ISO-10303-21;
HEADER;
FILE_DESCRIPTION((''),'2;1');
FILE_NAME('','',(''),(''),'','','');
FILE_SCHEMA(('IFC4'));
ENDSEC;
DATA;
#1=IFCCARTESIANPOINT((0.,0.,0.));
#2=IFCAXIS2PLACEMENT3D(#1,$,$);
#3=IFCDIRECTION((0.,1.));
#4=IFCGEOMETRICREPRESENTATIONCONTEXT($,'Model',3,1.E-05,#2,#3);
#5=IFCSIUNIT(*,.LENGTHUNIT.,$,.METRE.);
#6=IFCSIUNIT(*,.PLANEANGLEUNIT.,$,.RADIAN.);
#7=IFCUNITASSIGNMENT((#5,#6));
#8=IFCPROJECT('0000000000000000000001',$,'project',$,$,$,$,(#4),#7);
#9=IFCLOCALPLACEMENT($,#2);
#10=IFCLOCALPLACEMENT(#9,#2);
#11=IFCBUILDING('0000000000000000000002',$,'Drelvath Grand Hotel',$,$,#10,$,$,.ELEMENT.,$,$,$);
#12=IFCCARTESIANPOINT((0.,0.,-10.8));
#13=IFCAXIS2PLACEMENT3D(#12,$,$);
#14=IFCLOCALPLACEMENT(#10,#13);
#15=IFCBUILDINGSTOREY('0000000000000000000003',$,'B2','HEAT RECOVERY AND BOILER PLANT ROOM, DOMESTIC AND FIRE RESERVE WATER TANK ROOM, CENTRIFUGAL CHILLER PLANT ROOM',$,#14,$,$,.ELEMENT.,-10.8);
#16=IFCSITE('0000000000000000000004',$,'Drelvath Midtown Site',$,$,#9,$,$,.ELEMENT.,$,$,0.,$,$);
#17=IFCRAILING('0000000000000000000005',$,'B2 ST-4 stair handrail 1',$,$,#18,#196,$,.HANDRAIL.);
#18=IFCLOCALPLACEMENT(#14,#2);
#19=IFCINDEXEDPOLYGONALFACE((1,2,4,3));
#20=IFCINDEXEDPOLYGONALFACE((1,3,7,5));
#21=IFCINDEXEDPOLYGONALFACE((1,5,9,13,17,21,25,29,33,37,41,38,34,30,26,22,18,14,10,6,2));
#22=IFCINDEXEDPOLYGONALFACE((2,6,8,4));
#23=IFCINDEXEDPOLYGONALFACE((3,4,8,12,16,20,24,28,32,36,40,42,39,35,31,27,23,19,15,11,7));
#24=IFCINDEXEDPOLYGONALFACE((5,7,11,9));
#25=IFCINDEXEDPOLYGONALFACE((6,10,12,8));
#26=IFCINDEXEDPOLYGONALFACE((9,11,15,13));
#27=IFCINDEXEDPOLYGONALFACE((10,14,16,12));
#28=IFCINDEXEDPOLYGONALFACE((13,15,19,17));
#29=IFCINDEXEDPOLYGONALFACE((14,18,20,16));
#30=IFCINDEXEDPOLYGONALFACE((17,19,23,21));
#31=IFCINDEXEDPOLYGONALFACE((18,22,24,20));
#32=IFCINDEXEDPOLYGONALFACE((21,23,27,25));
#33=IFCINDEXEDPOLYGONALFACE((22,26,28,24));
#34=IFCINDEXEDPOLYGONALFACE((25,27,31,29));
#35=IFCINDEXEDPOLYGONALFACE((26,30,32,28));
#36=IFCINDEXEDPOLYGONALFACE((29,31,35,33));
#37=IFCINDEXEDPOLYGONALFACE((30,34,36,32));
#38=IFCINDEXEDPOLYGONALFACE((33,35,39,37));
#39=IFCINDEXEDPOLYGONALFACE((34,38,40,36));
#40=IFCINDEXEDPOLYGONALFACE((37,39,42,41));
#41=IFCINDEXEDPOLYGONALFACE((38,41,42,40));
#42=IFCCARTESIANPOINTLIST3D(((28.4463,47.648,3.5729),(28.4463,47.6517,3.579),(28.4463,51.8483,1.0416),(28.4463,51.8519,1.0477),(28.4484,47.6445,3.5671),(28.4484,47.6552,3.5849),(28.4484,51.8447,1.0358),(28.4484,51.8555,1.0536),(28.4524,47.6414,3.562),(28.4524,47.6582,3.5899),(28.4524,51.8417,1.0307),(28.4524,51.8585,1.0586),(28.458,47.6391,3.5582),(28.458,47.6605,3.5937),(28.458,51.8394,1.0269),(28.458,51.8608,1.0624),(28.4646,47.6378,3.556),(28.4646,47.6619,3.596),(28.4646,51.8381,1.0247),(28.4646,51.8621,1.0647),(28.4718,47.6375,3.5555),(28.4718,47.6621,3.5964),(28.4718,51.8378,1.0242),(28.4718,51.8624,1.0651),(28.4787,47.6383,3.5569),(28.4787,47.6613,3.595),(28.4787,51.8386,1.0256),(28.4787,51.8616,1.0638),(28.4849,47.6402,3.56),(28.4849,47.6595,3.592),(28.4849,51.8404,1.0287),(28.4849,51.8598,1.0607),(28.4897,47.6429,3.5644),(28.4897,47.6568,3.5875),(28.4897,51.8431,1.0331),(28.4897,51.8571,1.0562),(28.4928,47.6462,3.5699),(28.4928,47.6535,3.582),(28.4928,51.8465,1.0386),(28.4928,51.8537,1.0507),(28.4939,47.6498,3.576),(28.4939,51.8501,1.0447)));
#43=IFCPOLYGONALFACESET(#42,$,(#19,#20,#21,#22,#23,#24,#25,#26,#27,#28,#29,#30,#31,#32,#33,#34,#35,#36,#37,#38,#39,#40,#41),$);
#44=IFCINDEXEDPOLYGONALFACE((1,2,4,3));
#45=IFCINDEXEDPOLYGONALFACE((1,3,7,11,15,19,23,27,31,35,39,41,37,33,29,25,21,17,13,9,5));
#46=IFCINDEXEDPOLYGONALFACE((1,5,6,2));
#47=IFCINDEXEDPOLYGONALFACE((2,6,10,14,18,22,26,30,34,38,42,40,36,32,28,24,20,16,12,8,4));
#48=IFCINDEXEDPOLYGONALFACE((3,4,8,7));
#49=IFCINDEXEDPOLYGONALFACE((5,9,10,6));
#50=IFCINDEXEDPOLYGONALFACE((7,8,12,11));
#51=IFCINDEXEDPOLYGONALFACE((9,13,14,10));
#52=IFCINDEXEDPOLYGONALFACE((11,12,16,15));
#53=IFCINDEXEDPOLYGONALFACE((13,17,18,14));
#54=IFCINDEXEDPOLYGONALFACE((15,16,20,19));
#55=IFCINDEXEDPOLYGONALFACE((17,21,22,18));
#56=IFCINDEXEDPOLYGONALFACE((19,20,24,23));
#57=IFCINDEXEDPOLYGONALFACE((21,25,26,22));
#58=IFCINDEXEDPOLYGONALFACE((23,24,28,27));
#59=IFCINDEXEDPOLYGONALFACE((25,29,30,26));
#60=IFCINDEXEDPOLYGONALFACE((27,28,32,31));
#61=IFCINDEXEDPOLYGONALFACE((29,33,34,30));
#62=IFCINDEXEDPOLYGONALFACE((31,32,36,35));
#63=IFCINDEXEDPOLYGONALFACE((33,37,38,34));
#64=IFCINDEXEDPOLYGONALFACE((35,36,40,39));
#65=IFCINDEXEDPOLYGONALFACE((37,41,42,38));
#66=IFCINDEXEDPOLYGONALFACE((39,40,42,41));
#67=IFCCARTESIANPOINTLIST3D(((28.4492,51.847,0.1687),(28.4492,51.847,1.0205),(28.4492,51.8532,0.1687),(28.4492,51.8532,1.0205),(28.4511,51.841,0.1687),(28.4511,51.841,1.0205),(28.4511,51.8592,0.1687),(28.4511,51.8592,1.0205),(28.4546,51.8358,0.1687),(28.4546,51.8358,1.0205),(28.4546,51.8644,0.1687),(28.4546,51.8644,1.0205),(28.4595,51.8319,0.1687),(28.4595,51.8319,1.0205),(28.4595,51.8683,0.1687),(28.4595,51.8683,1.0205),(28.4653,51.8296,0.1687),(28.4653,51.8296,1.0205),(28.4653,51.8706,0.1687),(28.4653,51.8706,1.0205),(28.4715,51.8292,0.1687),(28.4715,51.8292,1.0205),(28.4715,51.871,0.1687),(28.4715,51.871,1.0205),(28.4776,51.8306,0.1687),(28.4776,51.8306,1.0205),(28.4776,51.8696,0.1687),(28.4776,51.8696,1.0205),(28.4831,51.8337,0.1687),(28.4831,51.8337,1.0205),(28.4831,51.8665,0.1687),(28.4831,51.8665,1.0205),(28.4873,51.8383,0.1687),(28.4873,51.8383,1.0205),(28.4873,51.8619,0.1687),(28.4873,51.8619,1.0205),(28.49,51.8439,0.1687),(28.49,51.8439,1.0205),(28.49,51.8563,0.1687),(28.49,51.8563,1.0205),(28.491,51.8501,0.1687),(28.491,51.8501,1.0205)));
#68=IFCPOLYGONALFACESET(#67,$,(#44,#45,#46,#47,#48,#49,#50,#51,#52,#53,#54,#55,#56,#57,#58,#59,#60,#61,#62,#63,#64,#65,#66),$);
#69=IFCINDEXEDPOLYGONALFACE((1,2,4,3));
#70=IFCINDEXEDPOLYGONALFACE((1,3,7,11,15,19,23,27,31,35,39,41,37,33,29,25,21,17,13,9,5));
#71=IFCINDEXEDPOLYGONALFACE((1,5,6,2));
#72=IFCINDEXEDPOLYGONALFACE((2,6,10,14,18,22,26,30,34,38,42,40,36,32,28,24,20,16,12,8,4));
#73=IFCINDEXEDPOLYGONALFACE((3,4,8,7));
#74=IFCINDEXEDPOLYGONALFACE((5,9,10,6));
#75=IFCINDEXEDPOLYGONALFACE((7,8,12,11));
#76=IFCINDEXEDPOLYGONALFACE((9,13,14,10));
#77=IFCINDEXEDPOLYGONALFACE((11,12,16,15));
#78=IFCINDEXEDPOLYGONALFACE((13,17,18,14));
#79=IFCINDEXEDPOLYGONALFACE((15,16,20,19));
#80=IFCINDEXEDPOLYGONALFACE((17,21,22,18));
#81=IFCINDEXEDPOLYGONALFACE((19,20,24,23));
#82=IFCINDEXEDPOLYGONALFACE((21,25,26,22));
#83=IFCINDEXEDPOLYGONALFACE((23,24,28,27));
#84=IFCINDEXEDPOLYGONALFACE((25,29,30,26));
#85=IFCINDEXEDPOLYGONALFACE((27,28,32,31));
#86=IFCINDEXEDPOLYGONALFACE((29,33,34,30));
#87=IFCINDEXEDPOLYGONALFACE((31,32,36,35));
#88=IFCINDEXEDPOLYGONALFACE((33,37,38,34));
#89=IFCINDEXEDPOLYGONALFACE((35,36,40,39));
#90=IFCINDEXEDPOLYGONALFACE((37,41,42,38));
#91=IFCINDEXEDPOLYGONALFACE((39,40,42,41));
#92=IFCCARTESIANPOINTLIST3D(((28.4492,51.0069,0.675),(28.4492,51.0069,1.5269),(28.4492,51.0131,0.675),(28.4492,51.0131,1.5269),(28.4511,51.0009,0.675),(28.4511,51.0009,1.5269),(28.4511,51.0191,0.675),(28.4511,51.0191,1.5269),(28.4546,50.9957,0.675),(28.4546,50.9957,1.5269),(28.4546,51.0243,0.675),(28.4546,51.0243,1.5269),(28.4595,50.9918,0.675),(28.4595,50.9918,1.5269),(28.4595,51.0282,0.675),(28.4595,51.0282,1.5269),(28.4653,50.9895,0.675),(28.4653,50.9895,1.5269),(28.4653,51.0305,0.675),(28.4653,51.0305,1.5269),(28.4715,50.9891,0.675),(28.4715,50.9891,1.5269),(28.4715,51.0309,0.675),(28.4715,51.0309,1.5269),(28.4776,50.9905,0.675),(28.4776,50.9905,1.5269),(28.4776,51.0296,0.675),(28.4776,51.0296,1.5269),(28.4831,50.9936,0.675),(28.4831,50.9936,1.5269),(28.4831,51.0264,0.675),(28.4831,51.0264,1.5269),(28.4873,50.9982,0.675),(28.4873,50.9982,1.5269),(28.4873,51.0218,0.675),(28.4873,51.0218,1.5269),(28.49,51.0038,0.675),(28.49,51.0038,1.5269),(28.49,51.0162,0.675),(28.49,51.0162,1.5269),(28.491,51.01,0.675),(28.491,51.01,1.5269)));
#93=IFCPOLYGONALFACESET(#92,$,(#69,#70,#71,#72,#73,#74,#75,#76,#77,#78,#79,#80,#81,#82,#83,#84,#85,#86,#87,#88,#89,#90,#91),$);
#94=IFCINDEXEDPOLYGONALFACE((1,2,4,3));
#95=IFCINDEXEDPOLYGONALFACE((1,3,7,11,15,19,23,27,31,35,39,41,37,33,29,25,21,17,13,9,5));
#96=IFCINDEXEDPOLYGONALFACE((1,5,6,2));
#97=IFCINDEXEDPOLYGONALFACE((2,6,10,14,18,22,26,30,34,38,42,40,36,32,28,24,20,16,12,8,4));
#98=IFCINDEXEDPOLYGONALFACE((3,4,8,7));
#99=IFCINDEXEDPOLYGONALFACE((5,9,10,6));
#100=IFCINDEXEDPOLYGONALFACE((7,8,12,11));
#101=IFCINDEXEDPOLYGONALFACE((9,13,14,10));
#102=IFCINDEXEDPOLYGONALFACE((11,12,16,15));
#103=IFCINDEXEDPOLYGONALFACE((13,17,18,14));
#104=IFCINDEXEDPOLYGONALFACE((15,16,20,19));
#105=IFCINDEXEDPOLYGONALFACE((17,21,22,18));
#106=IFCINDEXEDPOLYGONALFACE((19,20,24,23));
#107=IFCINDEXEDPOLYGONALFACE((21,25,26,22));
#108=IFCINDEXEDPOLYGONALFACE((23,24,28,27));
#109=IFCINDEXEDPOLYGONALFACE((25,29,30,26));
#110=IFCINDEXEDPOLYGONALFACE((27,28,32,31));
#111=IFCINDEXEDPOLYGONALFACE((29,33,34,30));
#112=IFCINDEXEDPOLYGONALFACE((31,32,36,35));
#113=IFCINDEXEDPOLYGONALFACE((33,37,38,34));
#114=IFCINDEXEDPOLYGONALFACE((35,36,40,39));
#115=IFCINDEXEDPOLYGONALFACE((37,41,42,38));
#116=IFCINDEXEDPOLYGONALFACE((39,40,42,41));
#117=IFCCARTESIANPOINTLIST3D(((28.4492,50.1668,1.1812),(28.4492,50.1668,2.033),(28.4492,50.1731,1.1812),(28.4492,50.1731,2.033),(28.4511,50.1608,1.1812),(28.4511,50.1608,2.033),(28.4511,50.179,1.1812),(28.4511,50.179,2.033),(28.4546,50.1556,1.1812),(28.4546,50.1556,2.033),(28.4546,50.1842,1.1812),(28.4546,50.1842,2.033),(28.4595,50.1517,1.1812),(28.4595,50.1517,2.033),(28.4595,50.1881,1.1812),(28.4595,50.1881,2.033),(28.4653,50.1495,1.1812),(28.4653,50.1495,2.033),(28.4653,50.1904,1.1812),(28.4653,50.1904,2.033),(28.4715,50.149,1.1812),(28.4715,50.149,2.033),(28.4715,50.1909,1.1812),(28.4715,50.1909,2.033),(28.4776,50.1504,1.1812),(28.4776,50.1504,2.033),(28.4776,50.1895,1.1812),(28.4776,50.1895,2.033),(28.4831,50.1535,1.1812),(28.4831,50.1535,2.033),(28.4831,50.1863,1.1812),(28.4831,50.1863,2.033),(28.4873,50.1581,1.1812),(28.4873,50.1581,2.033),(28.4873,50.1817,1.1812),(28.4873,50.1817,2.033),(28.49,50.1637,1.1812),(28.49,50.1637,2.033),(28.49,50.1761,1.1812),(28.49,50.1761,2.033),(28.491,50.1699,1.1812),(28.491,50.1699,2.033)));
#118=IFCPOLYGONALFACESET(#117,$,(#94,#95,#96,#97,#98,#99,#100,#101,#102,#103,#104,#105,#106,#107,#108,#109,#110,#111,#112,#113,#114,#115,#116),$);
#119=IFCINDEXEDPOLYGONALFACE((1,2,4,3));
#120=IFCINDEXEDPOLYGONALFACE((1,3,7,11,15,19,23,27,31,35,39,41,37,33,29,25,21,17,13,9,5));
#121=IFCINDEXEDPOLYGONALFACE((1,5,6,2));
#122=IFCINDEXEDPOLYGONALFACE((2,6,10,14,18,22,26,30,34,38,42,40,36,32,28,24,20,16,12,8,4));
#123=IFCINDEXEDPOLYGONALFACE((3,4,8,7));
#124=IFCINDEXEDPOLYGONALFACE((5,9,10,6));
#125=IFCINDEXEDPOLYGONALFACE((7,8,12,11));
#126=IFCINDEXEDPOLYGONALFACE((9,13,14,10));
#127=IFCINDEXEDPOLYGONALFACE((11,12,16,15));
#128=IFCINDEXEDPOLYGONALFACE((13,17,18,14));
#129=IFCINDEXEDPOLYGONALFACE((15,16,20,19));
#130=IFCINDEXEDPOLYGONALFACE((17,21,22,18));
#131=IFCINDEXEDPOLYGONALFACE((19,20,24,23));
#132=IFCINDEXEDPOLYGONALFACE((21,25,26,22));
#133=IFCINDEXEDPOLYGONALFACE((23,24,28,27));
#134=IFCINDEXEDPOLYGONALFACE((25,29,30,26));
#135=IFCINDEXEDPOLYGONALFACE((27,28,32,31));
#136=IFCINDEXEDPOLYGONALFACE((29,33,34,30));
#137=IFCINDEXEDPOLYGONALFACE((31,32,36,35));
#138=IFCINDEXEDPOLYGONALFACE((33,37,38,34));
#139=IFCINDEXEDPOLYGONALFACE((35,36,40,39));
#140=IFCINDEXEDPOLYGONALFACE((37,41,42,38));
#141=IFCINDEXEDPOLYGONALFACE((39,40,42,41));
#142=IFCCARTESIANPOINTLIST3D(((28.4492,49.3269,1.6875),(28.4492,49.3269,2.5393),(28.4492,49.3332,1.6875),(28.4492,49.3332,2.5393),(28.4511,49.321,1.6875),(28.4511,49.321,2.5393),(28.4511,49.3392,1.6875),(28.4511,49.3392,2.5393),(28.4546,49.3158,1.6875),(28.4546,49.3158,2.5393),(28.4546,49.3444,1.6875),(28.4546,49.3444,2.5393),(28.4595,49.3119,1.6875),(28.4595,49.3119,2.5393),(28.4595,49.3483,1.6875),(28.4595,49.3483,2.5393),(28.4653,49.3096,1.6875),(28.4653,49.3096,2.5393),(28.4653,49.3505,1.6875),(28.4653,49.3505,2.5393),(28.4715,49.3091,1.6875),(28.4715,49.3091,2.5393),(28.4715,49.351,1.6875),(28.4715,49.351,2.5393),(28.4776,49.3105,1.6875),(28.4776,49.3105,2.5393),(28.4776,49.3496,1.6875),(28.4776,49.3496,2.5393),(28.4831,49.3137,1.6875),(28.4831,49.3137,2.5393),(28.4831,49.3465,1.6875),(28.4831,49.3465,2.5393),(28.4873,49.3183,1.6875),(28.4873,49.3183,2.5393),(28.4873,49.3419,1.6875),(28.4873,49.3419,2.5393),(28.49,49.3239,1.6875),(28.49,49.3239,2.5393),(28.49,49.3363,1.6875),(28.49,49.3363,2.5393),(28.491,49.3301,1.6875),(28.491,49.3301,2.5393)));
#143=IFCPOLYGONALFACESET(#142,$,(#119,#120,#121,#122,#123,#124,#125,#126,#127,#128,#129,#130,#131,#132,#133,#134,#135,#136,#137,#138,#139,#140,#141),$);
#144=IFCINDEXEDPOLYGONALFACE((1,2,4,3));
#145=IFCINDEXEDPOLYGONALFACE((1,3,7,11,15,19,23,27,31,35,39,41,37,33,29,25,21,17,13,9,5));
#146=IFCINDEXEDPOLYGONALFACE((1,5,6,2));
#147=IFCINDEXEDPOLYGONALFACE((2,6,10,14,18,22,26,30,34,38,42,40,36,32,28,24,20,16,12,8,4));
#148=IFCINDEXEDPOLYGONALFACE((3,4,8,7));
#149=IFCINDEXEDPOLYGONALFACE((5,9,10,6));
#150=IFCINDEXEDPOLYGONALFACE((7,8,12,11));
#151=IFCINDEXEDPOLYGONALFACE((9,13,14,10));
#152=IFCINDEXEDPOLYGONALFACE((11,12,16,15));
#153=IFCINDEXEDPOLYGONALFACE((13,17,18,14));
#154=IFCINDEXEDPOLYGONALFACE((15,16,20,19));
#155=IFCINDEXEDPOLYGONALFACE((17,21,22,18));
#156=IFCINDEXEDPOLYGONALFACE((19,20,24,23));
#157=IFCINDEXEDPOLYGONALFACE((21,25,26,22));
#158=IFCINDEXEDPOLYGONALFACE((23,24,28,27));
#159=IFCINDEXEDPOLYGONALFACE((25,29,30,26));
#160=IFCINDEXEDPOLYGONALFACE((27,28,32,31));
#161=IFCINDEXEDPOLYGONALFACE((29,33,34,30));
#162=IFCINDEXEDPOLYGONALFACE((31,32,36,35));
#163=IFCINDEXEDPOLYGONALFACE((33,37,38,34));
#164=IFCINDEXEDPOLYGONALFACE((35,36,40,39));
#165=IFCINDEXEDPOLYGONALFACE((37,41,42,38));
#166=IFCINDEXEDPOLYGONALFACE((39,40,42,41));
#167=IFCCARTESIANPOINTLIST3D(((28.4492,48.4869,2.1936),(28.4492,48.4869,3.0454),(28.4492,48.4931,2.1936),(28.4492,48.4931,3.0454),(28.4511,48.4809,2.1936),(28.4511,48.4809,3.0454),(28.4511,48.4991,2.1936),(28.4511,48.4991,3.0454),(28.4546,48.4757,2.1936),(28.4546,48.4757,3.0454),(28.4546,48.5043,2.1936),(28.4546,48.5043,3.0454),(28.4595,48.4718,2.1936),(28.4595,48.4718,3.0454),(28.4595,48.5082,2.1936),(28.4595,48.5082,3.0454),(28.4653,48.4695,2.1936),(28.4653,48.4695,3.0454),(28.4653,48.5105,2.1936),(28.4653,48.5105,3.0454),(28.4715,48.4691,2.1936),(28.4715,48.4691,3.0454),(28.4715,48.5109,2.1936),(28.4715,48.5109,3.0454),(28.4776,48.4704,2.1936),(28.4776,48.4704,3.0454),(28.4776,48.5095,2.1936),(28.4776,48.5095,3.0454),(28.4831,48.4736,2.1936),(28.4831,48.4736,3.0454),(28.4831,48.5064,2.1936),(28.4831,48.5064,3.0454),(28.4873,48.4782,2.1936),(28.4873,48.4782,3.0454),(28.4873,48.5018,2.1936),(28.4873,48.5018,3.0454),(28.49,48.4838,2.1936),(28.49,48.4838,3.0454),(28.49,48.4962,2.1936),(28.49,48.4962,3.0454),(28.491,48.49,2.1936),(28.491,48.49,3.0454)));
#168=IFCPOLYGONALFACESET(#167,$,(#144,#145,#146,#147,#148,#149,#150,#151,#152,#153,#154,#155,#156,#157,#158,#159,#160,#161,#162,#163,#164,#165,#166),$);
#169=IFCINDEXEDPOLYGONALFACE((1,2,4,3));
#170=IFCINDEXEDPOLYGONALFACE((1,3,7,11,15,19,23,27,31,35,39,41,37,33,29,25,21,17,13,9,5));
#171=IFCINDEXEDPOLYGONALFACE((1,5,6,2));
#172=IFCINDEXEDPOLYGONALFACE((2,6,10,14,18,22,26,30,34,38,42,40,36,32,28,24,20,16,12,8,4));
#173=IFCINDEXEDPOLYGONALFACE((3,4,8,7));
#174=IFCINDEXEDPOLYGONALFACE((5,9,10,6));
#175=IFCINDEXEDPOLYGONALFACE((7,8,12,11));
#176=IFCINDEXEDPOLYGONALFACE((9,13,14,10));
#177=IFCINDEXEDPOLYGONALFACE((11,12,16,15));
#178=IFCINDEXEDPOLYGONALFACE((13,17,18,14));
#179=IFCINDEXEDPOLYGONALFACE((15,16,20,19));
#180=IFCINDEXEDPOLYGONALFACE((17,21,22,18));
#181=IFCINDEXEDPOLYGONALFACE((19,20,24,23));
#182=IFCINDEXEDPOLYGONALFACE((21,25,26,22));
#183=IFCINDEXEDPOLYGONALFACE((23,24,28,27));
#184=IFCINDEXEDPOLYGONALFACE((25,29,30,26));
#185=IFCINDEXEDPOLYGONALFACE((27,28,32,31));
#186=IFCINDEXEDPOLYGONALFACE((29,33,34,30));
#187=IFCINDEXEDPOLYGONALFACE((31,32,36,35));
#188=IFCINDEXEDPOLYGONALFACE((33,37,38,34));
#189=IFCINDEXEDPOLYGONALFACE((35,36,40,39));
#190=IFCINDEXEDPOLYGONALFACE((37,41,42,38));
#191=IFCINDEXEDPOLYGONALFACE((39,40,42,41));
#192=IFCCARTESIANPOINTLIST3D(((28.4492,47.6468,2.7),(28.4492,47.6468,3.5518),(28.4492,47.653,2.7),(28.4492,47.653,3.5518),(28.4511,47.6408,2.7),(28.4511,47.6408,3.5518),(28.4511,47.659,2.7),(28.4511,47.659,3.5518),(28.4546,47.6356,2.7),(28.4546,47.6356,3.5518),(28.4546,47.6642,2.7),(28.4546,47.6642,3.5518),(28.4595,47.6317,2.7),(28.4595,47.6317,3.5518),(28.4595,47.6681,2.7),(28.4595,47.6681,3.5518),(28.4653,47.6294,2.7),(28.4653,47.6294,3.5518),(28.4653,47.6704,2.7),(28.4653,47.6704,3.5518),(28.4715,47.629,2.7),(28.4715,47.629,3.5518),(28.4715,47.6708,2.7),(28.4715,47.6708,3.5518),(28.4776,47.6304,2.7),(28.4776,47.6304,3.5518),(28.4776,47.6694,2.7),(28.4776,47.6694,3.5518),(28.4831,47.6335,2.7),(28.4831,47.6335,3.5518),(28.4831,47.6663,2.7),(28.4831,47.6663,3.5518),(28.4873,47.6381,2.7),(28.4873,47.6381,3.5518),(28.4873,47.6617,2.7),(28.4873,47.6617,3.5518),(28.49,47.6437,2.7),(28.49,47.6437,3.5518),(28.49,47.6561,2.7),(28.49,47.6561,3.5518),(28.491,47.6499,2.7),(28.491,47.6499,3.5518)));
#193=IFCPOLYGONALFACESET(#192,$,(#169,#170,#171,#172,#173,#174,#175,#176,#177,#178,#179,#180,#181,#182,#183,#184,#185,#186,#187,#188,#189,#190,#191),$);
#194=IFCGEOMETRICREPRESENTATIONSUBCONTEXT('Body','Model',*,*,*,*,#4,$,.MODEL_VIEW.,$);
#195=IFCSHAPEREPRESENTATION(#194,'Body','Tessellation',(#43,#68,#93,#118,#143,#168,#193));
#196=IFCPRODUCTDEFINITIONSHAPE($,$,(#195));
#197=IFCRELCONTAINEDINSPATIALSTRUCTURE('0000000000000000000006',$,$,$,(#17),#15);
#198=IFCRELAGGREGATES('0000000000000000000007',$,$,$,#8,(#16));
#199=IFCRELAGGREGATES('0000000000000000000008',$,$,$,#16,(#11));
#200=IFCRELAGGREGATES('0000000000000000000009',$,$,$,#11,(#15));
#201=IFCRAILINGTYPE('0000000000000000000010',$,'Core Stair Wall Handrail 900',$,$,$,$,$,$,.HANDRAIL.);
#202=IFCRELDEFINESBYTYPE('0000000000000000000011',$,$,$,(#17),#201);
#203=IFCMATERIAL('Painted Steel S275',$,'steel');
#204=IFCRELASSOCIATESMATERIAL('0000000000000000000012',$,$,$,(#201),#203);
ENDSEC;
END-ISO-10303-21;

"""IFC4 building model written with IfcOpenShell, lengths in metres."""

from ifc_helpers import new_model, si_unit, direction, frame, origin, origin_2d, place, context, subcontext, project, spatial, circle, extrude, material, type_object, element, save


model = new_model("IFC4")

# Units and contexts
model_context = context("Model", 3, precision=1e-05, world=origin(), true_north=direction((0.0, 1.0)))
body_context = subcontext(model_context, "Body", "Model", "MODEL_VIEW")
ifc_project = project(units=[si_unit("LENGTHUNIT", "METRE"), si_unit("PLANEANGLEUNIT", "RADIAN")], contexts=[model_context])

# Site, building, storey
site_placement = place(None, origin())
site = spatial("IfcSite", under=ifc_project, at=site_placement, Name="Drelvath Midtown Site", CompositionType="ELEMENT", RefElevation=0.0)
building_placement = place(site_placement, origin())
building = spatial("IfcBuilding", under=site, at=building_placement, Name="Drelvath Grand Hotel", CompositionType="ELEMENT")
storey_placement = place(building_placement, frame((0.0, 0.0, -10.8)))
storey = spatial("IfcBuildingStorey", under=building, at=storey_placement, Name="B2", Description="HEAT RECOVERY AND BOILER PLANT ROOM, DOMESTIC AND FIRE RESERVE WATER TANK ROOM, CENTRIFUGAL CHILLER PLANT ROOM", CompositionType="ELEMENT", Elevation=-10.8)

# Railing
ifc_material_1 = material(Name="Painted Steel S275", Category="steel")
railing_type_1 = type_object("IfcRailingType", Name="Core Stair Wall Handrail 900", PredefinedType="HANDRAIL", material=ifc_material_1)
railing_1_placement = place(storey_placement, frame((28.47, 51.8501, 0.1687)))
element("IfcRailing", 1, at=railing_1_placement, inside=storey, type_object=railing_type_1, Name="B2 ST-4 stair handrail 1", PredefinedType="HANDRAIL", context=body_context, shape_type="SweptSolid", body=[
    extrude(circle(Radius=0.0239, at=origin_2d()), frame((0.0, 0.0, 0.876), z_axis=(0.0, -0.85649, 0.516164), x_axis=(1.0, 0.0, 0.0)), (0.0, 0.0, 1.0), 4.9041),
    extrude(circle(Radius=0.021, at=origin_2d()), origin(), (0.0, 0.0, 1.0), 0.8518),
    extrude(circle(Radius=0.021, at=origin_2d()), frame((0.0, -0.8401, 0.5063)), (0.0, 0.0, 1.0), 0.8518),
    extrude(circle(Radius=0.021, at=origin_2d()), frame((0.0, -1.6802, 1.0125)), (0.0, 0.0, 1.0), 0.8518),
    extrude(circle(Radius=0.021, at=origin_2d()), frame((0.0, -2.52, 1.5188)), (0.0, 0.0, 1.0), 0.8518),
    extrude(circle(Radius=0.021, at=origin_2d()), frame((0.0, -3.3601, 2.0249)), (0.0, 0.0, 1.0), 0.8518),
    extrude(circle(Radius=0.021, at=origin_2d()), frame((0.0, -4.2002, 2.5312)), (0.0, 0.0, 1.0), 0.8518),
])

save(model, "model.ifc")
